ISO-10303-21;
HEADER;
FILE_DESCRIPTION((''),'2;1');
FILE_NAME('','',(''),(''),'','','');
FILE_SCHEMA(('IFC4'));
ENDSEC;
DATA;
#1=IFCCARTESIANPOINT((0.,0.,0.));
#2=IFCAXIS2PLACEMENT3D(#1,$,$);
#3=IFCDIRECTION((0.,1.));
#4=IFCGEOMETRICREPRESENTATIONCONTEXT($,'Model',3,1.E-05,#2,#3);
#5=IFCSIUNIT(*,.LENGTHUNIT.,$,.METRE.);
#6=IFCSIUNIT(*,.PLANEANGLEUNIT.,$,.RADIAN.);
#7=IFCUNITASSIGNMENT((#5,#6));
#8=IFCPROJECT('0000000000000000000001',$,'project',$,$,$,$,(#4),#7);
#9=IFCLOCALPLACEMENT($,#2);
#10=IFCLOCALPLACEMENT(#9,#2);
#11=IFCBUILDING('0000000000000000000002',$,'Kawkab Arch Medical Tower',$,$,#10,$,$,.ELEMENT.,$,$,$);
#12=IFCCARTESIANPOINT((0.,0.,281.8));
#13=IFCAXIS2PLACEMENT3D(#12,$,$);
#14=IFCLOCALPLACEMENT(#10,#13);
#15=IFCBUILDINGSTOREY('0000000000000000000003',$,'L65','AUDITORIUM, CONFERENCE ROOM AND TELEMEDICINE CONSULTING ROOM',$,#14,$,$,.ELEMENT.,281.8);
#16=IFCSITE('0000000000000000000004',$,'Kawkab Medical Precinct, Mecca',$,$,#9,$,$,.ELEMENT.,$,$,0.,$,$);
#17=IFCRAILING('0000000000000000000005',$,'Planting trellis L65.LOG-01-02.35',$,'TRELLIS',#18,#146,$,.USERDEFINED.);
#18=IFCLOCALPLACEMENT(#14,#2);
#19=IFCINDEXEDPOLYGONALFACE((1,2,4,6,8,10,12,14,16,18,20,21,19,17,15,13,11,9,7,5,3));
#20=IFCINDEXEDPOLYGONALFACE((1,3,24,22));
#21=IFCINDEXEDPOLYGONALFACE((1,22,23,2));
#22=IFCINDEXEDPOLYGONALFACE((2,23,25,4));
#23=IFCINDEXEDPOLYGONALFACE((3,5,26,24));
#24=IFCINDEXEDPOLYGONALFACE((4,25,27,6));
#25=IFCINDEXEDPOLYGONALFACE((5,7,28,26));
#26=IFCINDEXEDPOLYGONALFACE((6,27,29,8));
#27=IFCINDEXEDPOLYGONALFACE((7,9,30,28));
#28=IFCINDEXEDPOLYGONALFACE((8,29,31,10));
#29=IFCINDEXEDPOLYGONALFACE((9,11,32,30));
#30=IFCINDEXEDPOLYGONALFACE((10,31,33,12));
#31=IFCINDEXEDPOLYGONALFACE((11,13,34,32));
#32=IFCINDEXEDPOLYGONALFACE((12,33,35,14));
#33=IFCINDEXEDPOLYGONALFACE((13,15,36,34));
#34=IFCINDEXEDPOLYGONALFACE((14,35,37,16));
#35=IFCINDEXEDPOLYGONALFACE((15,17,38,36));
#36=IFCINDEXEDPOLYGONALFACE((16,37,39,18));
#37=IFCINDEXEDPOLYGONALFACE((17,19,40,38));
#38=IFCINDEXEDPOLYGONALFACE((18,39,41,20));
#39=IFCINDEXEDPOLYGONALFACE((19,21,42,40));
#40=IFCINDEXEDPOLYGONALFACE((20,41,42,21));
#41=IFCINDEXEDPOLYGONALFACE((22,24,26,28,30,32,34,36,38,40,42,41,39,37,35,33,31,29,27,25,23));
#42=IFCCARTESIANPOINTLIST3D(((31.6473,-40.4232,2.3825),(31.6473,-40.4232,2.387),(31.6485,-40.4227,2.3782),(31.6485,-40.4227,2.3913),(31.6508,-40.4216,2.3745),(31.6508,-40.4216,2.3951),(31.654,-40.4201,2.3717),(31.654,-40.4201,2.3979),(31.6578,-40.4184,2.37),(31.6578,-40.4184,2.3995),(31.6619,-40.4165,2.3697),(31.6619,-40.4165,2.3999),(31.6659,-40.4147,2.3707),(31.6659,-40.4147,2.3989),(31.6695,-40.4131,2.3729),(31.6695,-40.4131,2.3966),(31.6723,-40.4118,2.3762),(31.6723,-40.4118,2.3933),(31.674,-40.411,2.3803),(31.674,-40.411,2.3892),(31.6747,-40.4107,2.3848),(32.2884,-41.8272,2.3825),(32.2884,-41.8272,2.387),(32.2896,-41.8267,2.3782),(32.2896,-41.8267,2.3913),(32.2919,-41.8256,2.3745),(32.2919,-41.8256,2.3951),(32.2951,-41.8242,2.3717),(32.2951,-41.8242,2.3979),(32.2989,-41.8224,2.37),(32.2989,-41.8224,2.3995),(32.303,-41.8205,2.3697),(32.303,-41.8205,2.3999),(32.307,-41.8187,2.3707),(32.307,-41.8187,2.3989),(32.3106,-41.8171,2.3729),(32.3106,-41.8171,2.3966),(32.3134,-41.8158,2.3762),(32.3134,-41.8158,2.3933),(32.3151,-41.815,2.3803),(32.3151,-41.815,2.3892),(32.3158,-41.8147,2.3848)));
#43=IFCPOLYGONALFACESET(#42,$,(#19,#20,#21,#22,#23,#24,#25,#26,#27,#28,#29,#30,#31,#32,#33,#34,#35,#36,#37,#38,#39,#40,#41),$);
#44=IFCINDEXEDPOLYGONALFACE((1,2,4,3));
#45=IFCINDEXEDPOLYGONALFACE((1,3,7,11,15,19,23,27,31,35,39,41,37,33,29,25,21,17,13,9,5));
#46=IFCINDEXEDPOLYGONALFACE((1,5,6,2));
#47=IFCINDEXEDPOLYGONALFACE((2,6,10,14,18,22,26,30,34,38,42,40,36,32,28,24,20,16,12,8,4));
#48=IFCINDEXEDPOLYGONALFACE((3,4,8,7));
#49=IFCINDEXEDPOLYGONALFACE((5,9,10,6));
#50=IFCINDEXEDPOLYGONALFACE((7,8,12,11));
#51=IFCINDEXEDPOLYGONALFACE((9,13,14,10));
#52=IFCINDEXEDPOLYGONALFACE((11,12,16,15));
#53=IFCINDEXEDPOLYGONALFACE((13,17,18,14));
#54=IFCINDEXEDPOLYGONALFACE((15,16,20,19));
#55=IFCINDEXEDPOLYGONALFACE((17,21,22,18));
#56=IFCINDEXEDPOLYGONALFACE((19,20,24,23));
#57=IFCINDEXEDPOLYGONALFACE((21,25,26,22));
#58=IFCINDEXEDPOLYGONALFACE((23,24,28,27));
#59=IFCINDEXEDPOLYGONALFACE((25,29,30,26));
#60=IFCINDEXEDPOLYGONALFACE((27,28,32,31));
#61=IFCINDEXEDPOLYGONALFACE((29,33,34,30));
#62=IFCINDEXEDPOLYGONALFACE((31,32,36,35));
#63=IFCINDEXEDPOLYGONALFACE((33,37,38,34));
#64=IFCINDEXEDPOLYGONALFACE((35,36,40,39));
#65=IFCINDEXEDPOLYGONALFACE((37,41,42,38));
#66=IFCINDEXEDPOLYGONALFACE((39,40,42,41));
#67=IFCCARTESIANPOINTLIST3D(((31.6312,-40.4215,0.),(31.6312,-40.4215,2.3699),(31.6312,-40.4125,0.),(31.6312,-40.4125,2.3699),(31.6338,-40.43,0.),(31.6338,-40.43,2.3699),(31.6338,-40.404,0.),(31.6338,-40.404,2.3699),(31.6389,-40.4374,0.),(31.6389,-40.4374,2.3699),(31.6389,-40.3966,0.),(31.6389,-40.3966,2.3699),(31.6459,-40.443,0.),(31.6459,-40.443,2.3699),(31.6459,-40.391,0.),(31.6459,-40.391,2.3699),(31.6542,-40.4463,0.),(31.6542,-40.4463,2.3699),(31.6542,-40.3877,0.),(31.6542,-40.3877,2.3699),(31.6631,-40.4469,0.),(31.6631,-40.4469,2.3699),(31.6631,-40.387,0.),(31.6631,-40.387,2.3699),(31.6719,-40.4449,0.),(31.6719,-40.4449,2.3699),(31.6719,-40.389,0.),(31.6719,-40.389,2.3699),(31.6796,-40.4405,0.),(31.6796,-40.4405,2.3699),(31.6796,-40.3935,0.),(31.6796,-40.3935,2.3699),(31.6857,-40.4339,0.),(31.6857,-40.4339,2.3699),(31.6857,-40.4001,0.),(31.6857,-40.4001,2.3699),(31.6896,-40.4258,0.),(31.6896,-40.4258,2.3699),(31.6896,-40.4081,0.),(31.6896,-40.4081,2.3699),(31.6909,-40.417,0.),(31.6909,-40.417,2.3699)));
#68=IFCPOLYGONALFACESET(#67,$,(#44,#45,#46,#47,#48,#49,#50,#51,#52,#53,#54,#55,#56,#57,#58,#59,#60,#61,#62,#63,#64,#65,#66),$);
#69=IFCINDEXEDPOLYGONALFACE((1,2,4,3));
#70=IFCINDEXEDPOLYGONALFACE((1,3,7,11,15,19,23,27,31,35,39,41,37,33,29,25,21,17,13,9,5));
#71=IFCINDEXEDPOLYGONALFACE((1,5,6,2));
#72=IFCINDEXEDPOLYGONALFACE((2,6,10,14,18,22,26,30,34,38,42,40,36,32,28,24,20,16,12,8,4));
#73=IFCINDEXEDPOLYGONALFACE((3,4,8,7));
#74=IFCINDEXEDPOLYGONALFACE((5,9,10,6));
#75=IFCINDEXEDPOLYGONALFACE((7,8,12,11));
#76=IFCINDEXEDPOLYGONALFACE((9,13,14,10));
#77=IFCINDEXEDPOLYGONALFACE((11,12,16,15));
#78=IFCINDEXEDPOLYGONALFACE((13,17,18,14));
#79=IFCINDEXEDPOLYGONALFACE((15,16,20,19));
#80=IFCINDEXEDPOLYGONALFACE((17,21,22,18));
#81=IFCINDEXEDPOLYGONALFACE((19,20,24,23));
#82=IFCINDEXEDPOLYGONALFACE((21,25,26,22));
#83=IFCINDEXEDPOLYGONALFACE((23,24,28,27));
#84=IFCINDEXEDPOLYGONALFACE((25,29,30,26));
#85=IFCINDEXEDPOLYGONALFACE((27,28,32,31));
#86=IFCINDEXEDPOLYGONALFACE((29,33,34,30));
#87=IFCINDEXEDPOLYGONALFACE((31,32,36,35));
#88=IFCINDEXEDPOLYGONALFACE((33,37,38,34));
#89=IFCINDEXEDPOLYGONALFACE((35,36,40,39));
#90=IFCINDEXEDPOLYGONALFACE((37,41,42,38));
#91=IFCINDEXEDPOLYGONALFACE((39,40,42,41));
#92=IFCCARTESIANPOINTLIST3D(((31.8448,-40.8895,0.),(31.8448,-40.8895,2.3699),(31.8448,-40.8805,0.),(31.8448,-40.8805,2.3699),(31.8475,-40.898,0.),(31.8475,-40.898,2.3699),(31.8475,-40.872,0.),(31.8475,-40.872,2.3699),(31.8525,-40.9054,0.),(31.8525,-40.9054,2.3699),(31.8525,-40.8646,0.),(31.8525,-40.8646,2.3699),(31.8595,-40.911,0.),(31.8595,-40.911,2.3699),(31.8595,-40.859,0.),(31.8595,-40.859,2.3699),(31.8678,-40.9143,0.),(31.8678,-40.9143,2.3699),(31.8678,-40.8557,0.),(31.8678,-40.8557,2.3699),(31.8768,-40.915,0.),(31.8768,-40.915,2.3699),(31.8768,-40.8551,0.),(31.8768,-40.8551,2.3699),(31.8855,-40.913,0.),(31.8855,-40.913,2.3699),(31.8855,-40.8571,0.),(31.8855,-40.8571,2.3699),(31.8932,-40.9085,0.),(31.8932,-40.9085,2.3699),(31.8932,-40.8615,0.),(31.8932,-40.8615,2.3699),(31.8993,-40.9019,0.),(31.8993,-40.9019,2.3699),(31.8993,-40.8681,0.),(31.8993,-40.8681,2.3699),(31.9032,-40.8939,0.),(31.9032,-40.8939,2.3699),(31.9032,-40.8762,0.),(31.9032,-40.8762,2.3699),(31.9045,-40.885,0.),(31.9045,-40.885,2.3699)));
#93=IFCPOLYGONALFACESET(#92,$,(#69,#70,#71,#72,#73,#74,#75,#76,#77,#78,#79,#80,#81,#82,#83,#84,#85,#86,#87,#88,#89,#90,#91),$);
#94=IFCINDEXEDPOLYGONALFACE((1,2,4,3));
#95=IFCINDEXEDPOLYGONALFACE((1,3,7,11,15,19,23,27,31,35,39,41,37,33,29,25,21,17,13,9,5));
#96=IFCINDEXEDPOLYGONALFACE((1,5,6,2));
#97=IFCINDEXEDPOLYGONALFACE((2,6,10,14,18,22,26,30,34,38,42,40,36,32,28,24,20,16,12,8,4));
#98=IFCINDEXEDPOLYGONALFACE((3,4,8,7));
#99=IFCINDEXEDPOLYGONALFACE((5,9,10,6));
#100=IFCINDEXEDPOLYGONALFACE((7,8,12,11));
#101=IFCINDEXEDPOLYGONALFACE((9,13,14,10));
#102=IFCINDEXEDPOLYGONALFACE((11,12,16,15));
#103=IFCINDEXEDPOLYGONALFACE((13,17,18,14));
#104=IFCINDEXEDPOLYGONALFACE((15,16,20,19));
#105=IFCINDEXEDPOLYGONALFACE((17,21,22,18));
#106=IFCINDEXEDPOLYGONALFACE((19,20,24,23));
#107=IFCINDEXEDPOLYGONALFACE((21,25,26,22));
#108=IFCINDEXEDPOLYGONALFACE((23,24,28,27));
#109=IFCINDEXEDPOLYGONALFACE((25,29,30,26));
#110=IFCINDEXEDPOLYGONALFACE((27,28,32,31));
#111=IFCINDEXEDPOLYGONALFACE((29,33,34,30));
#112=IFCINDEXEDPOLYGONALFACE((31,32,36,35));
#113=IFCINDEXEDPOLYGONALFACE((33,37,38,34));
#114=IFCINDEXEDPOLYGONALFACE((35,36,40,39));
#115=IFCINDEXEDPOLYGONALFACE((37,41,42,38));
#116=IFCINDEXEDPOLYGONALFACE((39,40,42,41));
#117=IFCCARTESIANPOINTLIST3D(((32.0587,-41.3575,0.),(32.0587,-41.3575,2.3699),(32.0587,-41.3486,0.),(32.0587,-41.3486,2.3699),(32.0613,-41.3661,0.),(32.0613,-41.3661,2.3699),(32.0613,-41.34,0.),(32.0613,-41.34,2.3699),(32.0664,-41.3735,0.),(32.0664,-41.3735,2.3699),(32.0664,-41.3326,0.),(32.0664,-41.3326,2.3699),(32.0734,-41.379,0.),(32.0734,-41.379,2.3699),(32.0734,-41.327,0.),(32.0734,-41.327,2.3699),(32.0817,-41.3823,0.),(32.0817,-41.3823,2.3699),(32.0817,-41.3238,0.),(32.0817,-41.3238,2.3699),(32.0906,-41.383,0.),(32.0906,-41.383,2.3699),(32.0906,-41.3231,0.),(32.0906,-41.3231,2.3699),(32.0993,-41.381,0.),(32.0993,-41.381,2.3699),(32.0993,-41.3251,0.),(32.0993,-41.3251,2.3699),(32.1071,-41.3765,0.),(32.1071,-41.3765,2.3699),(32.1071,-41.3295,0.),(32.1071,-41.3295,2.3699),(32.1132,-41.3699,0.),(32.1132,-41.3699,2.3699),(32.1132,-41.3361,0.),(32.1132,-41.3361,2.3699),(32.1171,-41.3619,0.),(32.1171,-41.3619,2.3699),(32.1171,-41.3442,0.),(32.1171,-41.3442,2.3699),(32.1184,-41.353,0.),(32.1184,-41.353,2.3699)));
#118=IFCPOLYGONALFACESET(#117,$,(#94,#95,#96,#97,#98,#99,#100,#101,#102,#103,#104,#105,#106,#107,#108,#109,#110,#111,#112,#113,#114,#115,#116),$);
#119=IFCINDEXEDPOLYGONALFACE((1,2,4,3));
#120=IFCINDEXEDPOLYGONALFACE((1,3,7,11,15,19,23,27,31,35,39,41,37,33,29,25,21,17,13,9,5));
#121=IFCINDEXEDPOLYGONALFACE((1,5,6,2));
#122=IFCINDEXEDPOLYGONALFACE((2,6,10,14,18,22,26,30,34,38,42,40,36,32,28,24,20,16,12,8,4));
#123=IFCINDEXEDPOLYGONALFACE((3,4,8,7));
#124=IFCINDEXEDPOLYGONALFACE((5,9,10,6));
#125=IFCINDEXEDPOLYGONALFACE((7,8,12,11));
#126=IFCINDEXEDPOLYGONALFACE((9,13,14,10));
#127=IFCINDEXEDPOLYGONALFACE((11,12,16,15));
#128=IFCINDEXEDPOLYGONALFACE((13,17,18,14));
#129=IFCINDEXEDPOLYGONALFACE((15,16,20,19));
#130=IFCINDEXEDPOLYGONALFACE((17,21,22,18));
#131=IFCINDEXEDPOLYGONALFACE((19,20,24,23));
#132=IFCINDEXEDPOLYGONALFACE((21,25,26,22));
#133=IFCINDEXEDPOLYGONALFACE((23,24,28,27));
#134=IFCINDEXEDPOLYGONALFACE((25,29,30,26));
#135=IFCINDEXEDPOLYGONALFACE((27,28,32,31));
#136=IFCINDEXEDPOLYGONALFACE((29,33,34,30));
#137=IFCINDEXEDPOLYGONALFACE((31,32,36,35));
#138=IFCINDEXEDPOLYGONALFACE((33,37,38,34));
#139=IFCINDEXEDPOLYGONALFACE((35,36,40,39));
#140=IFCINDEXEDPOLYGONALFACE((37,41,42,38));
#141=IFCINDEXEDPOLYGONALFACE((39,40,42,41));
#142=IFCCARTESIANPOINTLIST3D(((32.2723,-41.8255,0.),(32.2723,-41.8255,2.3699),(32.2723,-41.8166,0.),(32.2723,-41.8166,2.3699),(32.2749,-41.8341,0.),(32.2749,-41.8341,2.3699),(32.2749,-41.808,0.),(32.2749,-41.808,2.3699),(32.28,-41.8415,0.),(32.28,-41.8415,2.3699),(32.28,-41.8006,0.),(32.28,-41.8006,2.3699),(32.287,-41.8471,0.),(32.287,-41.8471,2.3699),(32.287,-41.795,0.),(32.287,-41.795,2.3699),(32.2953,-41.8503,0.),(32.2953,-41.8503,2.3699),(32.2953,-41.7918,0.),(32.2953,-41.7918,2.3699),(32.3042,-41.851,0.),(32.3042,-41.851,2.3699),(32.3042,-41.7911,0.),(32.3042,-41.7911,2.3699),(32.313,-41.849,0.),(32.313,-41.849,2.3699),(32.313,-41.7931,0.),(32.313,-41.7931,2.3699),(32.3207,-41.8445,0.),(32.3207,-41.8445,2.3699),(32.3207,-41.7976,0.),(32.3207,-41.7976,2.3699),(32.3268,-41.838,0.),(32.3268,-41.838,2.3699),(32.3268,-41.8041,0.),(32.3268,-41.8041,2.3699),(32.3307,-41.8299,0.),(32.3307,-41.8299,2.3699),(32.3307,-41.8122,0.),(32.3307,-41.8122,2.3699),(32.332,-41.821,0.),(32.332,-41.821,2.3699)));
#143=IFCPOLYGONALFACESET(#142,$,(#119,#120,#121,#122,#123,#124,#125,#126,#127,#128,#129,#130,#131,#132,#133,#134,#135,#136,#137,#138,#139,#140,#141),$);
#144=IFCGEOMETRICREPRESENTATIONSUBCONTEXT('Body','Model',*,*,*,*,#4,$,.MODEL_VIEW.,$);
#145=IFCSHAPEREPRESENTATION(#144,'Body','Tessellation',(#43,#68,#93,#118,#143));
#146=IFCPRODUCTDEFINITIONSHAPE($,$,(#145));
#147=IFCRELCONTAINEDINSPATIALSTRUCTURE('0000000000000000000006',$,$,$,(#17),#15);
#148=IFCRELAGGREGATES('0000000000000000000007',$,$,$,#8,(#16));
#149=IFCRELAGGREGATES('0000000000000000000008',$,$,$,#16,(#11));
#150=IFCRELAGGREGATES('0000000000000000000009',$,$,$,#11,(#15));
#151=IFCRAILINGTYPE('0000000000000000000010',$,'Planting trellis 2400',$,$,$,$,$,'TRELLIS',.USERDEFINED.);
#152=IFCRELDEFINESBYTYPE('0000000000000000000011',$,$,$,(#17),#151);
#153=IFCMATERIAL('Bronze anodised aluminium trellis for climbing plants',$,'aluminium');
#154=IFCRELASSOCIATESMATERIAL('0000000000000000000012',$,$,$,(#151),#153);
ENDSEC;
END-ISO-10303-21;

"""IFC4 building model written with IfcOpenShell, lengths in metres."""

from ifc_helpers import new_model, si_unit, direction, frame, origin, origin_2d, place, context, subcontext, project, spatial, circle, extrude, material, type_object, element, save


model = new_model("IFC4")

# Units and contexts
model_context = context("Model", 3, precision=1e-05, world=origin(), true_north=direction((0.0, 1.0)))
body_context = subcontext(model_context, "Body", "Model", "MODEL_VIEW")
ifc_project = project(units=[si_unit("LENGTHUNIT", "METRE"), si_unit("PLANEANGLEUNIT", "RADIAN")], contexts=[model_context])

# Site, building, storey
site_placement = place(None, origin())
site = spatial("IfcSite", under=ifc_project, at=site_placement, Name="Kawkab Medical Precinct, Mecca", CompositionType="ELEMENT", RefElevation=0.0)
building_placement = place(site_placement, origin())
building = spatial("IfcBuilding", under=site, at=building_placement, Name="Kawkab Arch Medical Tower", CompositionType="ELEMENT")
storey_placement = place(building_placement, frame((0.0, 0.0, 281.8)))
storey = spatial("IfcBuildingStorey", under=building, at=storey_placement, Name="L65", Description="AUDITORIUM, CONFERENCE ROOM AND TELEMEDICINE CONSULTING ROOM", CompositionType="ELEMENT", Elevation=281.8)

# Railing
ifc_material_1 = material(Name="Bronze anodised aluminium trellis for climbing plants", Category="aluminium")
railing_type = type_object("IfcRailingType", Name="Planting trellis 2400", ElementType="TRELLIS", PredefinedType="USERDEFINED", material=ifc_material_1)
railing_1_placement = place(storey_placement, frame((31.6609, -40.417, 0.0)))
element("IfcRailing", 1, at=railing_1_placement, inside=storey, type_object=railing_type, Name="Planting trellis L65.LOG-01-02.35", ObjectType="TRELLIS", PredefinedType="USERDEFINED", context=body_context, shape_type="SweptSolid", body=[
    extrude(circle(Radius=0.0151, at=origin_2d()), frame((0.0, 0.0, 2.3848), z_axis=(0.415363, -0.909656, 0.0), x_axis=(0.909656, 0.415363, 0.0)), (0.0, 0.0, 1.0), 1.5435),
    extrude(circle(Radius=0.03, at=origin_2d()), origin(), (0.0, 0.0, 1.0), 2.3699),
    extrude(circle(Radius=0.03, at=origin_2d()), frame((0.2136, -0.468, 0.0)), (0.0, 0.0, 1.0), 2.3699),
    extrude(circle(Radius=0.03, at=origin_2d()), frame((0.4275, -0.936, 0.0)), (0.0, 0.0, 1.0), 2.3699),
    extrude(circle(Radius=0.03, at=origin_2d()), frame((0.6411, -1.4041, 0.0)), (0.0, 0.0, 1.0), 2.3699),
])

save(model, "model.ifc")
